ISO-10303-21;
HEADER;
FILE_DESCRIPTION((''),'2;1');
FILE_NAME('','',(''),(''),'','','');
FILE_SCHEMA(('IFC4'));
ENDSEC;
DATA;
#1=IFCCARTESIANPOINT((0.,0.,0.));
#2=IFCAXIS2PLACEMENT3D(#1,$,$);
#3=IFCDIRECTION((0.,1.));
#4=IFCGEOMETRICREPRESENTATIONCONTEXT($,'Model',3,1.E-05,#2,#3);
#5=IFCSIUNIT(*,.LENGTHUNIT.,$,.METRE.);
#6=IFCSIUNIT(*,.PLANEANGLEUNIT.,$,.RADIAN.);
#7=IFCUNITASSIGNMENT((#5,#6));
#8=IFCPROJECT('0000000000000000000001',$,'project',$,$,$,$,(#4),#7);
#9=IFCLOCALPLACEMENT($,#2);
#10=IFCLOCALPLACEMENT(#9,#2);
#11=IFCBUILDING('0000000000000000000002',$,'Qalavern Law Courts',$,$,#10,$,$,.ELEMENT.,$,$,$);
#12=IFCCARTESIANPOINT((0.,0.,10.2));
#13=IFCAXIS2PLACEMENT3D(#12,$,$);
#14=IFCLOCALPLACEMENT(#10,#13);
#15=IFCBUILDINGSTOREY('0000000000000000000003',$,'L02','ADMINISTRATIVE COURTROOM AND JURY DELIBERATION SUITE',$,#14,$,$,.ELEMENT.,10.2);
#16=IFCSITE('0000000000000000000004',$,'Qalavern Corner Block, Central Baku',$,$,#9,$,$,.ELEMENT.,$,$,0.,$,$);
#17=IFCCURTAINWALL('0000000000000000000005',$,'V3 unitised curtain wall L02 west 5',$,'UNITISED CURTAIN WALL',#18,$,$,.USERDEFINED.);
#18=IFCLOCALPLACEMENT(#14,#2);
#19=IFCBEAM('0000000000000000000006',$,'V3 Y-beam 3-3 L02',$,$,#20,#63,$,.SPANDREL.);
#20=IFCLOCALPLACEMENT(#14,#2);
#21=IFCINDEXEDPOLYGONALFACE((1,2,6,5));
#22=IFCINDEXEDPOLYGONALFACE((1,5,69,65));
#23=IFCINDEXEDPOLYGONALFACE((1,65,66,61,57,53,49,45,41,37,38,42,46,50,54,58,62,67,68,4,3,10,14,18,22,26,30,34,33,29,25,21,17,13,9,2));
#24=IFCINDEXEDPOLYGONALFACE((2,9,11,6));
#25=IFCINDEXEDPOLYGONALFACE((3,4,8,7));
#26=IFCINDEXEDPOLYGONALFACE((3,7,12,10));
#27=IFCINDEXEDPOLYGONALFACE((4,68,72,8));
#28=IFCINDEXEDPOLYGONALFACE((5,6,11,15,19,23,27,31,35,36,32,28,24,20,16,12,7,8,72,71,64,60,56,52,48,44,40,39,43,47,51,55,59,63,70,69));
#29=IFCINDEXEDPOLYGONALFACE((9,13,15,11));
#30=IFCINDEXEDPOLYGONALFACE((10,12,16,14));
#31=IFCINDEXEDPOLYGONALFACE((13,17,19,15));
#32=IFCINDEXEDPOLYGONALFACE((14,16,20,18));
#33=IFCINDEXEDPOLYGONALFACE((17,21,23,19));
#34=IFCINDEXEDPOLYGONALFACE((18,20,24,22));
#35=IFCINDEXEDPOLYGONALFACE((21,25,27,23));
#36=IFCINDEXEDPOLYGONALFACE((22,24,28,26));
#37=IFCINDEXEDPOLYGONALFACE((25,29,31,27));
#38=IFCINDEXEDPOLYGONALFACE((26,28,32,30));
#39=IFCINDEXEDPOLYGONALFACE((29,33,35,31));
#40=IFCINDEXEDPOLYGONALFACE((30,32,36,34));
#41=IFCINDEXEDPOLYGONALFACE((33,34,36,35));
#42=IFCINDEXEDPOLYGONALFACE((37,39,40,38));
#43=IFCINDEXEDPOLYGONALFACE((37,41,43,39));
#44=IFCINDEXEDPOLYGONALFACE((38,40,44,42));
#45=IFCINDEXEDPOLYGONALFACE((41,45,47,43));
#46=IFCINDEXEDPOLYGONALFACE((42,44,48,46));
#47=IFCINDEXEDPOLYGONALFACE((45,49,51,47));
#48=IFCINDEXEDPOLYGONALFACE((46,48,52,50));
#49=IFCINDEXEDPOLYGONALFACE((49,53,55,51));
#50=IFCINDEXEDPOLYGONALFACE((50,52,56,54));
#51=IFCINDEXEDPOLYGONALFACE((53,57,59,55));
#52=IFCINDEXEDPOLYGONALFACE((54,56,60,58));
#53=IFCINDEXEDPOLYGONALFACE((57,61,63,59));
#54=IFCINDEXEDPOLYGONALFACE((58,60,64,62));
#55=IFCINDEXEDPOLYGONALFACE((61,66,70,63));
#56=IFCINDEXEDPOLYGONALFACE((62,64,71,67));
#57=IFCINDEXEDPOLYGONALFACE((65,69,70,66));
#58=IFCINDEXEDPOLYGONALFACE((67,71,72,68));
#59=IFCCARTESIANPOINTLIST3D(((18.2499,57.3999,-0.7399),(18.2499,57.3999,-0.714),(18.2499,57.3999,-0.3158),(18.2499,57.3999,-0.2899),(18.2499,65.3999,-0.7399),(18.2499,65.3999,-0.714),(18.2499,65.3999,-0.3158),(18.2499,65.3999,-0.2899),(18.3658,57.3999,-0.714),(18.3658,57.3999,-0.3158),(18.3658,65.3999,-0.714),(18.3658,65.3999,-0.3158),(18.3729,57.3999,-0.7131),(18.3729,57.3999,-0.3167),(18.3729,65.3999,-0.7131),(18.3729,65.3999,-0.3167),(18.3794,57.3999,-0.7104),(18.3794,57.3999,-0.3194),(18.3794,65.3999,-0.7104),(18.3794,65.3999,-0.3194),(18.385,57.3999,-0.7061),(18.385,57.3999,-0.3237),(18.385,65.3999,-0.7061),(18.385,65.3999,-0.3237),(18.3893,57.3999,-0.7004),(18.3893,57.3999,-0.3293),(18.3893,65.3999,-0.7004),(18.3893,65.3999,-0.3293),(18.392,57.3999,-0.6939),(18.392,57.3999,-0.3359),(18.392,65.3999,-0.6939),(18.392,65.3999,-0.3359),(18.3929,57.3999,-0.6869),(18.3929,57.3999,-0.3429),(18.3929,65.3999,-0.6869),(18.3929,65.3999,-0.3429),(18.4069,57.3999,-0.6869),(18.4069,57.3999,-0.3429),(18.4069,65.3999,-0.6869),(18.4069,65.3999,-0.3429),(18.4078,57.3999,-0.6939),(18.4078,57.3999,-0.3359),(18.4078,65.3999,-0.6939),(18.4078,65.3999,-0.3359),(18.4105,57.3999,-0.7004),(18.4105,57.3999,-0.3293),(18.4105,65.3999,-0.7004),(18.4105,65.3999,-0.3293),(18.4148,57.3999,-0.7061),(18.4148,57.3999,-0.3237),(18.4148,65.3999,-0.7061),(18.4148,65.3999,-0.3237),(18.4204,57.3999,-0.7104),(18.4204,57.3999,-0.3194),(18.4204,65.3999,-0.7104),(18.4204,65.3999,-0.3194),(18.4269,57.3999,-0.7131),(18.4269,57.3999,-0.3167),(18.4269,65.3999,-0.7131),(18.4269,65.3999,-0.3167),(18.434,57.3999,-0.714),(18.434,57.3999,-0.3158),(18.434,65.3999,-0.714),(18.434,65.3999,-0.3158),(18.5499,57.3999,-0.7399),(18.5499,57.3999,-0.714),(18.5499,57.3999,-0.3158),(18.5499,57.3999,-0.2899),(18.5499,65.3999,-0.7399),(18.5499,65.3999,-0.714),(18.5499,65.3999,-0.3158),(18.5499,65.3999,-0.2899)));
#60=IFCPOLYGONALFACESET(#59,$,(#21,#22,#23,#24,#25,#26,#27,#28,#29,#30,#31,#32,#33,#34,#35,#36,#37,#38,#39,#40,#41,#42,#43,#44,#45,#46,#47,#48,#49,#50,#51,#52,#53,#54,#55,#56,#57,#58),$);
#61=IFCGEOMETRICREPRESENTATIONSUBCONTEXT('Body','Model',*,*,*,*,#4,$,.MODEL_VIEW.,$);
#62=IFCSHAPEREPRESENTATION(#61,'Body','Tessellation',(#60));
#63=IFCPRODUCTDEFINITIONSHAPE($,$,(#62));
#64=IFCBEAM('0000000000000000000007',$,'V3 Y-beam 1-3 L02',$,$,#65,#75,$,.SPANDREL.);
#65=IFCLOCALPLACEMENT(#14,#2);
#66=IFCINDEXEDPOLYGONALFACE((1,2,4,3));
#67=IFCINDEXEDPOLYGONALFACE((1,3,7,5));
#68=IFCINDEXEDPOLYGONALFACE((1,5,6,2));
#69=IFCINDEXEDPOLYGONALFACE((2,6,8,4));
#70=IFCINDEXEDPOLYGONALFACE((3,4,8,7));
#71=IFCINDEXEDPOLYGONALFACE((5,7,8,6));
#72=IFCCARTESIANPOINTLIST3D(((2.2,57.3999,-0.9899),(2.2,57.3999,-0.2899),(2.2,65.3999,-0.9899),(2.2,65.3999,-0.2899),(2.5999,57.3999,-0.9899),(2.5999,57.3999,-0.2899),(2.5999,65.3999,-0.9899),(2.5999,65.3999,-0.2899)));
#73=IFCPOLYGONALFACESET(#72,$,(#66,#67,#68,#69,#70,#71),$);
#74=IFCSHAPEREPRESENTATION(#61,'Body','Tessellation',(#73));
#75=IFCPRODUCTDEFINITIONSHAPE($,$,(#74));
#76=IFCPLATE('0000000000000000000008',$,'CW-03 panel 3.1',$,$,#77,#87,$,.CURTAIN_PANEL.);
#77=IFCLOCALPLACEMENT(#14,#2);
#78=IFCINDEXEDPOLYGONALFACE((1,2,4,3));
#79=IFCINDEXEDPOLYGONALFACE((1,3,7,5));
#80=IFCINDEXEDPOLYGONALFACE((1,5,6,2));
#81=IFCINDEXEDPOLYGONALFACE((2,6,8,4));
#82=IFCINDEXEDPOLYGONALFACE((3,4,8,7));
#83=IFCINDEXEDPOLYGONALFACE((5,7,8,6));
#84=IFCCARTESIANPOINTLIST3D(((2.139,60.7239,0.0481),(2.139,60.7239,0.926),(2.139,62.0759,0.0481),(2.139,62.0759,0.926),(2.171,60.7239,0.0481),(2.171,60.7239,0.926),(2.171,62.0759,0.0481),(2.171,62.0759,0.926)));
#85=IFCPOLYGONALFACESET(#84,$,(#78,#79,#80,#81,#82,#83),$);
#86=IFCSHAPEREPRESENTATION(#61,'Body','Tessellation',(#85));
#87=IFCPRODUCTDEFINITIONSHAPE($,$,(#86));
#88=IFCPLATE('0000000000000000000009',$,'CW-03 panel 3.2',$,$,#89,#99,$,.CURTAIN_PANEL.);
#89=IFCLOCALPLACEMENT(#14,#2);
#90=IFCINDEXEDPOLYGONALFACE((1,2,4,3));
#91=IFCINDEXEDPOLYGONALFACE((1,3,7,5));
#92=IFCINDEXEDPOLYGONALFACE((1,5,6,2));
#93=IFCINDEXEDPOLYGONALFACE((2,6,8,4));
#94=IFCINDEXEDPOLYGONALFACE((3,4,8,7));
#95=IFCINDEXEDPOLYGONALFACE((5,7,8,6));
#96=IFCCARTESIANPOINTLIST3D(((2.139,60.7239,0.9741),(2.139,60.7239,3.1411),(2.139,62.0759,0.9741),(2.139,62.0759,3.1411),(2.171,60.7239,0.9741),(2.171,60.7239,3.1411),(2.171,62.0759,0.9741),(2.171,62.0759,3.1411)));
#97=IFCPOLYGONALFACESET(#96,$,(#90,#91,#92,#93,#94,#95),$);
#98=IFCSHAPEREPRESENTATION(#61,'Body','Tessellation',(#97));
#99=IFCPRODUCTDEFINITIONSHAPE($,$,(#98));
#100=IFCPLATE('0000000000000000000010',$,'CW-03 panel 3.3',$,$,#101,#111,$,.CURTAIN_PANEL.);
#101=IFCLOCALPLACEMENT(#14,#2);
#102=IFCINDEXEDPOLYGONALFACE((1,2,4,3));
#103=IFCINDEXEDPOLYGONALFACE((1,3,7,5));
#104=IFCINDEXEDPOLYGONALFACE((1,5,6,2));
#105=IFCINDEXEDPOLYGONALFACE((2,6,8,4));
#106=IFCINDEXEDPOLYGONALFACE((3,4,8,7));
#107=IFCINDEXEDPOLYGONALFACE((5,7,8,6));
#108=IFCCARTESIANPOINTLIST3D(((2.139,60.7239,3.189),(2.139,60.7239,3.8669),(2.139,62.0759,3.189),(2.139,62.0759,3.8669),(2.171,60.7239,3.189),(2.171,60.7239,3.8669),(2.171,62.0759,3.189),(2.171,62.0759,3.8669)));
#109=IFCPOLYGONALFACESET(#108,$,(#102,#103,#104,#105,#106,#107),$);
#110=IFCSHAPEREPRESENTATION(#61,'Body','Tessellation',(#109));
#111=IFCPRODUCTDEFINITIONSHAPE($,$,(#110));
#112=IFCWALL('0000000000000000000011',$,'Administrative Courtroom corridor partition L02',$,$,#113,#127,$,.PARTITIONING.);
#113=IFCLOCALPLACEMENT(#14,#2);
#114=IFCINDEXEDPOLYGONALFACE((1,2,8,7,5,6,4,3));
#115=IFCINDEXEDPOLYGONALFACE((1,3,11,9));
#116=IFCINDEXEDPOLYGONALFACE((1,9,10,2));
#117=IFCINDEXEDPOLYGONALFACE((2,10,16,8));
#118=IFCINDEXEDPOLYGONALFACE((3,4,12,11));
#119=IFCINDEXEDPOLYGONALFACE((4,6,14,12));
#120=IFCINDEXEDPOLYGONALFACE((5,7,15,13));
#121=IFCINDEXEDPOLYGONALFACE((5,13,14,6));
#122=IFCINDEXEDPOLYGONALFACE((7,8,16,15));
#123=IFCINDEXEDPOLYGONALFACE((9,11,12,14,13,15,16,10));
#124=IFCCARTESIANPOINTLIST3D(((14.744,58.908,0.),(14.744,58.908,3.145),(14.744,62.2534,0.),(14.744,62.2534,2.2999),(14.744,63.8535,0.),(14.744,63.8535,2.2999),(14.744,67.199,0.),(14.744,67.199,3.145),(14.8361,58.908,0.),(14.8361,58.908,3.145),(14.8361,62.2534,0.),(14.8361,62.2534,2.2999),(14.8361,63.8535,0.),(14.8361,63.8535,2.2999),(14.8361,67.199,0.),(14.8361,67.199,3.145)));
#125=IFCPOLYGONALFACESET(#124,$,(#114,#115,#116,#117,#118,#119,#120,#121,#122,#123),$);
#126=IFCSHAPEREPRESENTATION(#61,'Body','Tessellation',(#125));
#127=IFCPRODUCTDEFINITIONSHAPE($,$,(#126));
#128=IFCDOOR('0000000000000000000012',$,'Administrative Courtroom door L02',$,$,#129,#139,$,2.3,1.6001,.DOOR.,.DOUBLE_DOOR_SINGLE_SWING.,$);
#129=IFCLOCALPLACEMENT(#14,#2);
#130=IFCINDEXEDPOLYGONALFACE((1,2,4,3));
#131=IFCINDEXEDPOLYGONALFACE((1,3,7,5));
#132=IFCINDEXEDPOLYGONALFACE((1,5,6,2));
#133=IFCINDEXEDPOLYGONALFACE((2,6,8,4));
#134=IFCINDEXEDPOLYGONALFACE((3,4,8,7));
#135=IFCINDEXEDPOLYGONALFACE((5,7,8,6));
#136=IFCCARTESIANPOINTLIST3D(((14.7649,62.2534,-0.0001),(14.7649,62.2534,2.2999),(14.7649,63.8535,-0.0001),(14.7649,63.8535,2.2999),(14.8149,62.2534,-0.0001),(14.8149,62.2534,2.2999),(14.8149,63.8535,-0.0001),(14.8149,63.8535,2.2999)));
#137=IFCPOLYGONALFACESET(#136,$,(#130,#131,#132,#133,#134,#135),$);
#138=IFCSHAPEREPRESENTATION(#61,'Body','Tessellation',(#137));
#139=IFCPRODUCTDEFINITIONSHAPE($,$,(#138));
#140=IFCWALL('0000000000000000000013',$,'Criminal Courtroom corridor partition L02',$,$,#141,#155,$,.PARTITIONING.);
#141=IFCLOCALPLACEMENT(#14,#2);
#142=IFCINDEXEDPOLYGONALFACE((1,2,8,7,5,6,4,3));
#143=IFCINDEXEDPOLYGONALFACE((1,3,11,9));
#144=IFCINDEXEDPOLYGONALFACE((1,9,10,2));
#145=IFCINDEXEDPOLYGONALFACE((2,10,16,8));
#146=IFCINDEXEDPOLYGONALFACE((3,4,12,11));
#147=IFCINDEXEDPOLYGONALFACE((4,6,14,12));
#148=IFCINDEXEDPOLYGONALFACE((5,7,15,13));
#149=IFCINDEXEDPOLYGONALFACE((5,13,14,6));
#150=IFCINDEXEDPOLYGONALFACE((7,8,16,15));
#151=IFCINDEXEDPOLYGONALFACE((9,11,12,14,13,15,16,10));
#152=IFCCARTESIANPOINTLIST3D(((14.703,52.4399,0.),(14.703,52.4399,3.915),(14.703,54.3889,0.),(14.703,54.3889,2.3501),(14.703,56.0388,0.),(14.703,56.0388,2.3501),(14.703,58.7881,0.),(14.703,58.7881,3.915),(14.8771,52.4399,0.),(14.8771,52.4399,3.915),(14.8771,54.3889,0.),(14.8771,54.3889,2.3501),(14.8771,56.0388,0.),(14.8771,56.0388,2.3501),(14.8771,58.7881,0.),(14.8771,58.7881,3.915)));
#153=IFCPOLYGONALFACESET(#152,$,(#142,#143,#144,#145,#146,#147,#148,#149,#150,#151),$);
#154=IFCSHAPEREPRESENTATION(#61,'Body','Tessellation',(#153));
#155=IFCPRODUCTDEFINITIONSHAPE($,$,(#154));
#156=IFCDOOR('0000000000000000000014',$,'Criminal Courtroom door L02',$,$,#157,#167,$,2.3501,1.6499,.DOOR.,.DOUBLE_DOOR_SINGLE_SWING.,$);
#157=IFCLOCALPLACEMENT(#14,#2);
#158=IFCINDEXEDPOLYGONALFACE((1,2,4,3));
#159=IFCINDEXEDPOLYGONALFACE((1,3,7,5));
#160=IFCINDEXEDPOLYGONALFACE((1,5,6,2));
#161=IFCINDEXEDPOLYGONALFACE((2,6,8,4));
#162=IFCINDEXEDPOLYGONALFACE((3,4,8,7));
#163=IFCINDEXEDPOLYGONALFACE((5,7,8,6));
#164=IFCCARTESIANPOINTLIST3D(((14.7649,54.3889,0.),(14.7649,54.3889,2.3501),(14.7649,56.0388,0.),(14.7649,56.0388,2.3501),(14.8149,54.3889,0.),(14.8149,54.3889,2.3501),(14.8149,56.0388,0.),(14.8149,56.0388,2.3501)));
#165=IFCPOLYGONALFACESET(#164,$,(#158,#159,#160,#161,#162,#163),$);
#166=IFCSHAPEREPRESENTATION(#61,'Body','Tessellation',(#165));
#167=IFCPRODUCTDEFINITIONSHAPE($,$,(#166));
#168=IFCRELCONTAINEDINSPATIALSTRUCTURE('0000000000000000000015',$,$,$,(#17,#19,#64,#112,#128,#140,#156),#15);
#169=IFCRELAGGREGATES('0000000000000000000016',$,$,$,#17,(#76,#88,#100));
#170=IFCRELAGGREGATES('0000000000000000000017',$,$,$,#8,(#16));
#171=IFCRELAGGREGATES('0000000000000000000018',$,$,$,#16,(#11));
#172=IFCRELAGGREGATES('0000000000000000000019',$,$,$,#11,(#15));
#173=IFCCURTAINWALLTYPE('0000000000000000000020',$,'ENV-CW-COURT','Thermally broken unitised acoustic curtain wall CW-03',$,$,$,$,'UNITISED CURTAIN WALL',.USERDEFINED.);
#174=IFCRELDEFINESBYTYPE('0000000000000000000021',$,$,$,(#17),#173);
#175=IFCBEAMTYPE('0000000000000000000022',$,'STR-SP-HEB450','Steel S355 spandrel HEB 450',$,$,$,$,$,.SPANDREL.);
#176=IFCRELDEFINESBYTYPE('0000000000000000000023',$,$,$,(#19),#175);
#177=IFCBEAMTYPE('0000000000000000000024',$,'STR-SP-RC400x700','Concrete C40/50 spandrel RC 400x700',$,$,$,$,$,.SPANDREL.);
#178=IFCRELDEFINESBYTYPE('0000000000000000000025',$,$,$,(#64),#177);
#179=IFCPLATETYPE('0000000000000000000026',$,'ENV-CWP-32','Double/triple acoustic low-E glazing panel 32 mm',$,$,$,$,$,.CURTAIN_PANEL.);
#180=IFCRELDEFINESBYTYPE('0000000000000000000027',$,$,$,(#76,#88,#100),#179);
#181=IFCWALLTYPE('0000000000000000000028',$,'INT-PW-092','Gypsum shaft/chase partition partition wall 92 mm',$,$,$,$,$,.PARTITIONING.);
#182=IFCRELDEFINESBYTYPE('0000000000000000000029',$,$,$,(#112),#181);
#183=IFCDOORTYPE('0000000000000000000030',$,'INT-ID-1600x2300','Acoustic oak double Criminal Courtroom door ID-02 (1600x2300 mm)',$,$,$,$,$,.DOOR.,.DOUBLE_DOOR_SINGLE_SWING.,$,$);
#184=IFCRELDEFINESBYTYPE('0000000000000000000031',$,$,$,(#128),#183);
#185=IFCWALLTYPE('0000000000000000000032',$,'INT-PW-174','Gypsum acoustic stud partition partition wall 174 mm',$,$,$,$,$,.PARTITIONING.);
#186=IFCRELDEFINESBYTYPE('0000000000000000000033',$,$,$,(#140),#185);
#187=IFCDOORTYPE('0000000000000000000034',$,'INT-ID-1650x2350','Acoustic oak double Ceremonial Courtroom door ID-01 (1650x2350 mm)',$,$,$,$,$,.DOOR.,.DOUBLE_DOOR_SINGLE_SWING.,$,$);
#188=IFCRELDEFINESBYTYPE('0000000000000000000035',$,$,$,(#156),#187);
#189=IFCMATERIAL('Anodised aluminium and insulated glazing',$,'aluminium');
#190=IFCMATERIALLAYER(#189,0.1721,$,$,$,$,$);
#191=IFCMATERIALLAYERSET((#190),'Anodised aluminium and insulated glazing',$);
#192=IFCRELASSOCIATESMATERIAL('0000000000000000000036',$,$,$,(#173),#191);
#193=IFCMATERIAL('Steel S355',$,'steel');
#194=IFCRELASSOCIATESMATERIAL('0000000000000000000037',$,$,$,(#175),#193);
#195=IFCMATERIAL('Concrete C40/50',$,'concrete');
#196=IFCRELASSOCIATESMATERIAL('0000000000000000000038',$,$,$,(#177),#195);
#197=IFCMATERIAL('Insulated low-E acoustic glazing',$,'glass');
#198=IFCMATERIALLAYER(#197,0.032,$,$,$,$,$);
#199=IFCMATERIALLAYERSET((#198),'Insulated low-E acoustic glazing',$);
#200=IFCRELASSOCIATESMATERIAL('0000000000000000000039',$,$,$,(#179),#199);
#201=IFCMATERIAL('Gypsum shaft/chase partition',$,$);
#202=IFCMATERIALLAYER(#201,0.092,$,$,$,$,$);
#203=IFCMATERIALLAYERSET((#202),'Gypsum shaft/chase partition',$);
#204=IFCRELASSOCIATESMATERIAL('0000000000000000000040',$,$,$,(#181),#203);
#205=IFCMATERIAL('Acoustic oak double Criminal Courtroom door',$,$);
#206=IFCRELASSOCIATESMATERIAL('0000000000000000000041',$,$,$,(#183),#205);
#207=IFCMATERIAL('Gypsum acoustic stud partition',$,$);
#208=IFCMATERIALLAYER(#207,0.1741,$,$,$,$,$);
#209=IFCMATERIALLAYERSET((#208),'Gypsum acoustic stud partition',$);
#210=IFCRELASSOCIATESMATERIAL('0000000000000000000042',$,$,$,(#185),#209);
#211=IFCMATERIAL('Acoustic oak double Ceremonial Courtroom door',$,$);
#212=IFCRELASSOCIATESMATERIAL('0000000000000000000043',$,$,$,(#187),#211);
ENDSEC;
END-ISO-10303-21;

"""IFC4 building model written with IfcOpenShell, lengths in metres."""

from ifc_helpers import new_model, si_unit, direction, frame, frame_2d, origin, origin_2d, place, context, subcontext, project, spatial, rectangle, i_section, extrude, material, layer, layer_set, material_profile, profile_set, type_object, element, fill, aggregate, save


model = new_model("IFC4")

# Units and contexts
model_context = context("Model", 3, precision=1e-05, world=origin(), true_north=direction((0.0, 1.0)))
body_context = subcontext(model_context, "Body", "Model", "MODEL_VIEW")
ifc_project = project(units=[si_unit("LENGTHUNIT", "METRE"), si_unit("PLANEANGLEUNIT", "RADIAN")], contexts=[model_context])

# Site, building, storey
site_placement = place(None, origin())
site = spatial("IfcSite", under=ifc_project, at=site_placement, Name="Qalavern Corner Block, Central Baku", CompositionType="ELEMENT", RefElevation=0.0)
building_placement = place(site_placement, origin())
building = spatial("IfcBuilding", under=site, at=building_placement, Name="Qalavern Law Courts", CompositionType="ELEMENT")
storey_placement = place(building_placement, frame((0.0, 0.0, 10.2)))
storey = spatial("IfcBuildingStorey", under=building, at=storey_placement, Name="L02", Description="ADMINISTRATIVE COURTROOM AND JURY DELIBERATION SUITE", CompositionType="ELEMENT", Elevation=10.2)

# Curtain wall
ifc_material_1 = material(Name="Anodised aluminium and insulated glazing", Category="aluminium")
ifc_layer_1 = layer(ifc_material_1, 0.1721)
ifc_layer_set_1 = layer_set([ifc_layer_1], Name="Anodised aluminium and insulated glazing")
curtain_wall_type = type_object("IfcCurtainWallType", Name="ENV-CW-COURT", Description="Thermally broken unitised acoustic curtain wall CW-03", ElementType="UNITISED CURTAIN WALL", PredefinedType="USERDEFINED", material=ifc_layer_set_1)
curtain_wall_placement = place(storey_placement, origin())
curtain_wall = element("IfcCurtainWall", 1, at=curtain_wall_placement, inside=storey, type_object=curtain_wall_type, Name="V3 unitised curtain wall L02 west 5", ObjectType="UNITISED CURTAIN WALL", PredefinedType="USERDEFINED")

# Beams
ifc_material_2 = material(Name="Steel S355", Category="steel")
ifc_material_3 = material(Name="Concrete C40/50", Category="concrete")
ifc_material_profile_1 = material_profile(ifc_material_2, i_section(OverallWidth=0.3, OverallDepth=0.45, WebThickness=0.0139, FlangeThickness=0.0259, FilletRadius=0.0271, at=origin_2d()), Name="HEB 450")
ifc_profile_set_1 = profile_set([ifc_material_profile_1], Name="Steel S355")
beam_type_1 = type_object("IfcBeamType", Name="STR-SP-HEB450", Description="Steel S355 spandrel HEB 450", PredefinedType="SPANDREL", material=ifc_profile_set_1)
beam_1_placement = place(storey_placement, frame((18.3999, 57.3999, -0.5149), z_axis=(0.0, 1.0, 0.0), x_axis=(-1.0, 0.0, 0.0)))
element("IfcBeam", 2, at=beam_1_placement, inside=storey, type_object=beam_type_1, Name="V3 Y-beam 3-3 L02", PredefinedType="SPANDREL", context=body_context, shape_type="SweptSolid", body=[
    extrude(i_section(OverallWidth=0.3, OverallDepth=0.45, WebThickness=0.0139, FlangeThickness=0.0259, FilletRadius=0.0271, at=origin_2d()), origin(), (0.0, 0.0, 1.0), 8.0),
])
ifc_material_profile_2 = material_profile(ifc_material_3, rectangle(XDim=0.3999, YDim=0.7, at=origin_2d()), Name="RC 400x700")
ifc_profile_set_2 = profile_set([ifc_material_profile_2], Name="Concrete C40/50")
beam_type_2 = type_object("IfcBeamType", Name="STR-SP-RC400x700", Description="Concrete C40/50 spandrel RC 400x700", PredefinedType="SPANDREL", material=ifc_profile_set_2)
beam_2_placement = place(storey_placement, frame((2.3999, 57.3999, -0.6399), z_axis=(0.0, 1.0, 0.0), x_axis=(-1.0, 0.0, 0.0)))
element("IfcBeam", 3, at=beam_2_placement, inside=storey, type_object=beam_type_2, Name="V3 Y-beam 1-3 L02", PredefinedType="SPANDREL", context=body_context, shape_type="SweptSolid", body=[
    extrude(rectangle(XDim=0.3999, YDim=0.7, at=origin_2d()), origin(), (0.0, 0.0, 1.0), 8.0),
])

# Plates
ifc_material_4 = material(Name="Insulated low-E acoustic glazing", Category="glass")
ifc_layer_2 = layer(ifc_material_4, 0.032)
ifc_layer_set_2 = layer_set([ifc_layer_2], Name="Insulated low-E acoustic glazing")
plate_type = type_object("IfcPlateType", Name="ENV-CWP-32", Description="Double/triple acoustic low-E glazing panel 32 mm", PredefinedType="CURTAIN_PANEL", material=ifc_layer_set_2)
plate_1_placement = place(storey_placement, frame((2.155, 61.3999, 0.0481), z_axis=(0.0, 0.0, 1.0), x_axis=(0.0, -1.0, 0.0)))
plate_1 = element("IfcPlate", 4, at=plate_1_placement, type_object=plate_type, Name="CW-03 panel 3.1", PredefinedType="CURTAIN_PANEL", context=body_context, shape_type="SweptSolid", body=[
    extrude(rectangle(XDim=1.3521, YDim=0.032, at=origin_2d()), origin(), (0.0, 0.0, 1.0), 0.8779),
])
plate_2_placement = place(storey_placement, frame((2.155, 61.3999, 0.9741), z_axis=(0.0, 0.0, 1.0), x_axis=(0.0, -1.0, 0.0)))
plate_2 = element("IfcPlate", 5, at=plate_2_placement, type_object=plate_type, Name="CW-03 panel 3.2", PredefinedType="CURTAIN_PANEL", context=body_context, shape_type="SweptSolid", body=[
    extrude(rectangle(XDim=1.3521, YDim=0.032, at=origin_2d()), origin(), (0.0, 0.0, 1.0), 2.167),
])
plate_3_placement = place(storey_placement, frame((2.155, 61.3999, 3.189), z_axis=(0.0, 0.0, 1.0), x_axis=(0.0, -1.0, 0.0)))
plate_3 = element("IfcPlate", 6, at=plate_3_placement, type_object=plate_type, Name="CW-03 panel 3.3", PredefinedType="CURTAIN_PANEL", context=body_context, shape_type="SweptSolid", body=[
    extrude(rectangle(XDim=1.3521, YDim=0.032, at=origin_2d()), origin(), (0.0, 0.0, 1.0), 0.678),
])
aggregate(curtain_wall, [plate_1, plate_2, plate_3])

# Walls, openings, doors
ifc_material_5 = material(Name="Gypsum shaft/chase partition")
ifc_layer_3 = layer(ifc_material_5, 0.092)
ifc_layer_set_3 = layer_set([ifc_layer_3], Name="Gypsum shaft/chase partition")
wall_type_1 = type_object("IfcWallType", Name="INT-PW-092", Description="Gypsum shaft/chase partition partition wall 92 mm", PredefinedType="PARTITIONING", material=ifc_layer_set_3)
wall_1_placement = place(storey_placement, frame((14.79, 58.908, 0.0), z_axis=(0.0, 0.0, 1.0), x_axis=(0.0, 1.0, 0.0)))
wall_1 = element("IfcWall", 7, at=wall_1_placement, inside=storey, type_object=wall_type_1, Name="Administrative Courtroom corridor partition L02", PredefinedType="PARTITIONING", context=body_context, shape_type="SweptSolid", body=[
    extrude(rectangle(XDim=8.291, YDim=0.092, at=frame_2d((4.1455, 0.0))), origin(), (0.0, 0.0, 1.0), 3.145),
])
opening_1_placement = place(wall_1_placement, frame((3.3455, 0.0, 0.0)))
opening_1 = element("IfcOpeningElement", 8, at=opening_1_placement, cuts=wall_1, PredefinedType="OPENING", context=body_context, shape_type="SweptSolid", body=[
    extrude(rectangle(XDim=1.6001, YDim=2.3, at=frame_2d((0.8, 1.1499))), frame((0.0, 0.061, 0.0), z_axis=(0.0, -1.0, 0.0), x_axis=(1.0, 0.0, 0.0)), (0.0, 0.0, 1.0), 0.1218),
])
ifc_material_6 = material(Name="Acoustic oak double Criminal Courtroom door")
door_type_1 = type_object("IfcDoorType", Name="INT-ID-1600x2300", Description="Acoustic oak double Criminal Courtroom door ID-02 (1600x2300 mm)", OperationType="DOUBLE_DOOR_SINGLE_SWING", PredefinedType="DOOR", material=ifc_material_6)
door_1_placement = place(opening_1_placement, frame((1.6001, 0.0, 0.0), z_axis=(0.0, 0.0, 1.0), x_axis=(-1.0, 0.0, 0.0)))
door_1 = element("IfcDoor", 9, at=door_1_placement, inside=storey, type_object=door_type_1, Name="Administrative Courtroom door L02", OperationType="DOUBLE_DOOR_SINGLE_SWING", OverallHeight=2.3, OverallWidth=1.6001, PredefinedType="DOOR", context=body_context, shape_type="SweptSolid", body=[
    extrude(rectangle(XDim=1.6001, YDim=2.3, at=frame_2d((0.8, 1.1499))), frame((0.0, 0.0249, 0.0), z_axis=(0.0, -1.0, 0.0), x_axis=(1.0, 0.0, 0.0)), (0.0, 0.0, 1.0), 0.05),
])
fill(opening_1, door_1)
ifc_material_7 = material(Name="Gypsum acoustic stud partition")
ifc_layer_4 = layer(ifc_material_7, 0.1741)
ifc_layer_set_4 = layer_set([ifc_layer_4], Name="Gypsum acoustic stud partition")
wall_type_2 = type_object("IfcWallType", Name="INT-PW-174", Description="Gypsum acoustic stud partition partition wall 174 mm", PredefinedType="PARTITIONING", material=ifc_layer_set_4)
wall_2_placement = place(storey_placement, frame((14.79, 52.4399, 0.0), z_axis=(0.0, 0.0, 1.0), x_axis=(0.0, 1.0, 0.0)))
wall_2 = element("IfcWall", 10, at=wall_2_placement, inside=storey, type_object=wall_type_2, Name="Criminal Courtroom corridor partition L02", PredefinedType="PARTITIONING", context=body_context, shape_type="SweptSolid", body=[
    extrude(rectangle(XDim=6.3481, YDim=0.1741, at=frame_2d((3.1741, 0.0))), origin(), (0.0, 0.0, 1.0), 3.915),
])
opening_2_placement = place(wall_2_placement, frame((1.949, 0.0, 0.0)))
opening_2 = element("IfcOpeningElement", 11, at=opening_2_placement, cuts=wall_2, PredefinedType="OPENING", context=body_context, shape_type="SweptSolid", body=[
    extrude(rectangle(XDim=1.6499, YDim=2.3501, at=frame_2d((0.825, 1.175))), frame((0.0, 0.1021, 0.0), z_axis=(0.0, -1.0, 0.0), x_axis=(1.0, 0.0, 0.0)), (0.0, 0.0, 1.0), 0.2039),
])
ifc_material_8 = material(Name="Acoustic oak double Ceremonial Courtroom door")
door_type_2 = type_object("IfcDoorType", Name="INT-ID-1650x2350", Description="Acoustic oak double Ceremonial Courtroom door ID-01 (1650x2350 mm)", OperationType="DOUBLE_DOOR_SINGLE_SWING", PredefinedType="DOOR", material=ifc_material_8)
door_2_placement = place(opening_2_placement, frame((1.6499, 0.0, 0.0), z_axis=(0.0, 0.0, 1.0), x_axis=(-1.0, 0.0, 0.0)))
door_2 = element("IfcDoor", 12, at=door_2_placement, inside=storey, type_object=door_type_2, Name="Criminal Courtroom door L02", OperationType="DOUBLE_DOOR_SINGLE_SWING", OverallHeight=2.3501, OverallWidth=1.6499, PredefinedType="DOOR", context=body_context, shape_type="SweptSolid", body=[
    extrude(rectangle(XDim=1.6499, YDim=2.3501, at=frame_2d((0.825, 1.175))), frame((0.0, 0.0249, 0.0), z_axis=(0.0, -1.0, 0.0), x_axis=(1.0, 0.0, 0.0)), (0.0, 0.0, 1.0), 0.05),
])
fill(opening_2, door_2)

save(model, "model.ifc")
